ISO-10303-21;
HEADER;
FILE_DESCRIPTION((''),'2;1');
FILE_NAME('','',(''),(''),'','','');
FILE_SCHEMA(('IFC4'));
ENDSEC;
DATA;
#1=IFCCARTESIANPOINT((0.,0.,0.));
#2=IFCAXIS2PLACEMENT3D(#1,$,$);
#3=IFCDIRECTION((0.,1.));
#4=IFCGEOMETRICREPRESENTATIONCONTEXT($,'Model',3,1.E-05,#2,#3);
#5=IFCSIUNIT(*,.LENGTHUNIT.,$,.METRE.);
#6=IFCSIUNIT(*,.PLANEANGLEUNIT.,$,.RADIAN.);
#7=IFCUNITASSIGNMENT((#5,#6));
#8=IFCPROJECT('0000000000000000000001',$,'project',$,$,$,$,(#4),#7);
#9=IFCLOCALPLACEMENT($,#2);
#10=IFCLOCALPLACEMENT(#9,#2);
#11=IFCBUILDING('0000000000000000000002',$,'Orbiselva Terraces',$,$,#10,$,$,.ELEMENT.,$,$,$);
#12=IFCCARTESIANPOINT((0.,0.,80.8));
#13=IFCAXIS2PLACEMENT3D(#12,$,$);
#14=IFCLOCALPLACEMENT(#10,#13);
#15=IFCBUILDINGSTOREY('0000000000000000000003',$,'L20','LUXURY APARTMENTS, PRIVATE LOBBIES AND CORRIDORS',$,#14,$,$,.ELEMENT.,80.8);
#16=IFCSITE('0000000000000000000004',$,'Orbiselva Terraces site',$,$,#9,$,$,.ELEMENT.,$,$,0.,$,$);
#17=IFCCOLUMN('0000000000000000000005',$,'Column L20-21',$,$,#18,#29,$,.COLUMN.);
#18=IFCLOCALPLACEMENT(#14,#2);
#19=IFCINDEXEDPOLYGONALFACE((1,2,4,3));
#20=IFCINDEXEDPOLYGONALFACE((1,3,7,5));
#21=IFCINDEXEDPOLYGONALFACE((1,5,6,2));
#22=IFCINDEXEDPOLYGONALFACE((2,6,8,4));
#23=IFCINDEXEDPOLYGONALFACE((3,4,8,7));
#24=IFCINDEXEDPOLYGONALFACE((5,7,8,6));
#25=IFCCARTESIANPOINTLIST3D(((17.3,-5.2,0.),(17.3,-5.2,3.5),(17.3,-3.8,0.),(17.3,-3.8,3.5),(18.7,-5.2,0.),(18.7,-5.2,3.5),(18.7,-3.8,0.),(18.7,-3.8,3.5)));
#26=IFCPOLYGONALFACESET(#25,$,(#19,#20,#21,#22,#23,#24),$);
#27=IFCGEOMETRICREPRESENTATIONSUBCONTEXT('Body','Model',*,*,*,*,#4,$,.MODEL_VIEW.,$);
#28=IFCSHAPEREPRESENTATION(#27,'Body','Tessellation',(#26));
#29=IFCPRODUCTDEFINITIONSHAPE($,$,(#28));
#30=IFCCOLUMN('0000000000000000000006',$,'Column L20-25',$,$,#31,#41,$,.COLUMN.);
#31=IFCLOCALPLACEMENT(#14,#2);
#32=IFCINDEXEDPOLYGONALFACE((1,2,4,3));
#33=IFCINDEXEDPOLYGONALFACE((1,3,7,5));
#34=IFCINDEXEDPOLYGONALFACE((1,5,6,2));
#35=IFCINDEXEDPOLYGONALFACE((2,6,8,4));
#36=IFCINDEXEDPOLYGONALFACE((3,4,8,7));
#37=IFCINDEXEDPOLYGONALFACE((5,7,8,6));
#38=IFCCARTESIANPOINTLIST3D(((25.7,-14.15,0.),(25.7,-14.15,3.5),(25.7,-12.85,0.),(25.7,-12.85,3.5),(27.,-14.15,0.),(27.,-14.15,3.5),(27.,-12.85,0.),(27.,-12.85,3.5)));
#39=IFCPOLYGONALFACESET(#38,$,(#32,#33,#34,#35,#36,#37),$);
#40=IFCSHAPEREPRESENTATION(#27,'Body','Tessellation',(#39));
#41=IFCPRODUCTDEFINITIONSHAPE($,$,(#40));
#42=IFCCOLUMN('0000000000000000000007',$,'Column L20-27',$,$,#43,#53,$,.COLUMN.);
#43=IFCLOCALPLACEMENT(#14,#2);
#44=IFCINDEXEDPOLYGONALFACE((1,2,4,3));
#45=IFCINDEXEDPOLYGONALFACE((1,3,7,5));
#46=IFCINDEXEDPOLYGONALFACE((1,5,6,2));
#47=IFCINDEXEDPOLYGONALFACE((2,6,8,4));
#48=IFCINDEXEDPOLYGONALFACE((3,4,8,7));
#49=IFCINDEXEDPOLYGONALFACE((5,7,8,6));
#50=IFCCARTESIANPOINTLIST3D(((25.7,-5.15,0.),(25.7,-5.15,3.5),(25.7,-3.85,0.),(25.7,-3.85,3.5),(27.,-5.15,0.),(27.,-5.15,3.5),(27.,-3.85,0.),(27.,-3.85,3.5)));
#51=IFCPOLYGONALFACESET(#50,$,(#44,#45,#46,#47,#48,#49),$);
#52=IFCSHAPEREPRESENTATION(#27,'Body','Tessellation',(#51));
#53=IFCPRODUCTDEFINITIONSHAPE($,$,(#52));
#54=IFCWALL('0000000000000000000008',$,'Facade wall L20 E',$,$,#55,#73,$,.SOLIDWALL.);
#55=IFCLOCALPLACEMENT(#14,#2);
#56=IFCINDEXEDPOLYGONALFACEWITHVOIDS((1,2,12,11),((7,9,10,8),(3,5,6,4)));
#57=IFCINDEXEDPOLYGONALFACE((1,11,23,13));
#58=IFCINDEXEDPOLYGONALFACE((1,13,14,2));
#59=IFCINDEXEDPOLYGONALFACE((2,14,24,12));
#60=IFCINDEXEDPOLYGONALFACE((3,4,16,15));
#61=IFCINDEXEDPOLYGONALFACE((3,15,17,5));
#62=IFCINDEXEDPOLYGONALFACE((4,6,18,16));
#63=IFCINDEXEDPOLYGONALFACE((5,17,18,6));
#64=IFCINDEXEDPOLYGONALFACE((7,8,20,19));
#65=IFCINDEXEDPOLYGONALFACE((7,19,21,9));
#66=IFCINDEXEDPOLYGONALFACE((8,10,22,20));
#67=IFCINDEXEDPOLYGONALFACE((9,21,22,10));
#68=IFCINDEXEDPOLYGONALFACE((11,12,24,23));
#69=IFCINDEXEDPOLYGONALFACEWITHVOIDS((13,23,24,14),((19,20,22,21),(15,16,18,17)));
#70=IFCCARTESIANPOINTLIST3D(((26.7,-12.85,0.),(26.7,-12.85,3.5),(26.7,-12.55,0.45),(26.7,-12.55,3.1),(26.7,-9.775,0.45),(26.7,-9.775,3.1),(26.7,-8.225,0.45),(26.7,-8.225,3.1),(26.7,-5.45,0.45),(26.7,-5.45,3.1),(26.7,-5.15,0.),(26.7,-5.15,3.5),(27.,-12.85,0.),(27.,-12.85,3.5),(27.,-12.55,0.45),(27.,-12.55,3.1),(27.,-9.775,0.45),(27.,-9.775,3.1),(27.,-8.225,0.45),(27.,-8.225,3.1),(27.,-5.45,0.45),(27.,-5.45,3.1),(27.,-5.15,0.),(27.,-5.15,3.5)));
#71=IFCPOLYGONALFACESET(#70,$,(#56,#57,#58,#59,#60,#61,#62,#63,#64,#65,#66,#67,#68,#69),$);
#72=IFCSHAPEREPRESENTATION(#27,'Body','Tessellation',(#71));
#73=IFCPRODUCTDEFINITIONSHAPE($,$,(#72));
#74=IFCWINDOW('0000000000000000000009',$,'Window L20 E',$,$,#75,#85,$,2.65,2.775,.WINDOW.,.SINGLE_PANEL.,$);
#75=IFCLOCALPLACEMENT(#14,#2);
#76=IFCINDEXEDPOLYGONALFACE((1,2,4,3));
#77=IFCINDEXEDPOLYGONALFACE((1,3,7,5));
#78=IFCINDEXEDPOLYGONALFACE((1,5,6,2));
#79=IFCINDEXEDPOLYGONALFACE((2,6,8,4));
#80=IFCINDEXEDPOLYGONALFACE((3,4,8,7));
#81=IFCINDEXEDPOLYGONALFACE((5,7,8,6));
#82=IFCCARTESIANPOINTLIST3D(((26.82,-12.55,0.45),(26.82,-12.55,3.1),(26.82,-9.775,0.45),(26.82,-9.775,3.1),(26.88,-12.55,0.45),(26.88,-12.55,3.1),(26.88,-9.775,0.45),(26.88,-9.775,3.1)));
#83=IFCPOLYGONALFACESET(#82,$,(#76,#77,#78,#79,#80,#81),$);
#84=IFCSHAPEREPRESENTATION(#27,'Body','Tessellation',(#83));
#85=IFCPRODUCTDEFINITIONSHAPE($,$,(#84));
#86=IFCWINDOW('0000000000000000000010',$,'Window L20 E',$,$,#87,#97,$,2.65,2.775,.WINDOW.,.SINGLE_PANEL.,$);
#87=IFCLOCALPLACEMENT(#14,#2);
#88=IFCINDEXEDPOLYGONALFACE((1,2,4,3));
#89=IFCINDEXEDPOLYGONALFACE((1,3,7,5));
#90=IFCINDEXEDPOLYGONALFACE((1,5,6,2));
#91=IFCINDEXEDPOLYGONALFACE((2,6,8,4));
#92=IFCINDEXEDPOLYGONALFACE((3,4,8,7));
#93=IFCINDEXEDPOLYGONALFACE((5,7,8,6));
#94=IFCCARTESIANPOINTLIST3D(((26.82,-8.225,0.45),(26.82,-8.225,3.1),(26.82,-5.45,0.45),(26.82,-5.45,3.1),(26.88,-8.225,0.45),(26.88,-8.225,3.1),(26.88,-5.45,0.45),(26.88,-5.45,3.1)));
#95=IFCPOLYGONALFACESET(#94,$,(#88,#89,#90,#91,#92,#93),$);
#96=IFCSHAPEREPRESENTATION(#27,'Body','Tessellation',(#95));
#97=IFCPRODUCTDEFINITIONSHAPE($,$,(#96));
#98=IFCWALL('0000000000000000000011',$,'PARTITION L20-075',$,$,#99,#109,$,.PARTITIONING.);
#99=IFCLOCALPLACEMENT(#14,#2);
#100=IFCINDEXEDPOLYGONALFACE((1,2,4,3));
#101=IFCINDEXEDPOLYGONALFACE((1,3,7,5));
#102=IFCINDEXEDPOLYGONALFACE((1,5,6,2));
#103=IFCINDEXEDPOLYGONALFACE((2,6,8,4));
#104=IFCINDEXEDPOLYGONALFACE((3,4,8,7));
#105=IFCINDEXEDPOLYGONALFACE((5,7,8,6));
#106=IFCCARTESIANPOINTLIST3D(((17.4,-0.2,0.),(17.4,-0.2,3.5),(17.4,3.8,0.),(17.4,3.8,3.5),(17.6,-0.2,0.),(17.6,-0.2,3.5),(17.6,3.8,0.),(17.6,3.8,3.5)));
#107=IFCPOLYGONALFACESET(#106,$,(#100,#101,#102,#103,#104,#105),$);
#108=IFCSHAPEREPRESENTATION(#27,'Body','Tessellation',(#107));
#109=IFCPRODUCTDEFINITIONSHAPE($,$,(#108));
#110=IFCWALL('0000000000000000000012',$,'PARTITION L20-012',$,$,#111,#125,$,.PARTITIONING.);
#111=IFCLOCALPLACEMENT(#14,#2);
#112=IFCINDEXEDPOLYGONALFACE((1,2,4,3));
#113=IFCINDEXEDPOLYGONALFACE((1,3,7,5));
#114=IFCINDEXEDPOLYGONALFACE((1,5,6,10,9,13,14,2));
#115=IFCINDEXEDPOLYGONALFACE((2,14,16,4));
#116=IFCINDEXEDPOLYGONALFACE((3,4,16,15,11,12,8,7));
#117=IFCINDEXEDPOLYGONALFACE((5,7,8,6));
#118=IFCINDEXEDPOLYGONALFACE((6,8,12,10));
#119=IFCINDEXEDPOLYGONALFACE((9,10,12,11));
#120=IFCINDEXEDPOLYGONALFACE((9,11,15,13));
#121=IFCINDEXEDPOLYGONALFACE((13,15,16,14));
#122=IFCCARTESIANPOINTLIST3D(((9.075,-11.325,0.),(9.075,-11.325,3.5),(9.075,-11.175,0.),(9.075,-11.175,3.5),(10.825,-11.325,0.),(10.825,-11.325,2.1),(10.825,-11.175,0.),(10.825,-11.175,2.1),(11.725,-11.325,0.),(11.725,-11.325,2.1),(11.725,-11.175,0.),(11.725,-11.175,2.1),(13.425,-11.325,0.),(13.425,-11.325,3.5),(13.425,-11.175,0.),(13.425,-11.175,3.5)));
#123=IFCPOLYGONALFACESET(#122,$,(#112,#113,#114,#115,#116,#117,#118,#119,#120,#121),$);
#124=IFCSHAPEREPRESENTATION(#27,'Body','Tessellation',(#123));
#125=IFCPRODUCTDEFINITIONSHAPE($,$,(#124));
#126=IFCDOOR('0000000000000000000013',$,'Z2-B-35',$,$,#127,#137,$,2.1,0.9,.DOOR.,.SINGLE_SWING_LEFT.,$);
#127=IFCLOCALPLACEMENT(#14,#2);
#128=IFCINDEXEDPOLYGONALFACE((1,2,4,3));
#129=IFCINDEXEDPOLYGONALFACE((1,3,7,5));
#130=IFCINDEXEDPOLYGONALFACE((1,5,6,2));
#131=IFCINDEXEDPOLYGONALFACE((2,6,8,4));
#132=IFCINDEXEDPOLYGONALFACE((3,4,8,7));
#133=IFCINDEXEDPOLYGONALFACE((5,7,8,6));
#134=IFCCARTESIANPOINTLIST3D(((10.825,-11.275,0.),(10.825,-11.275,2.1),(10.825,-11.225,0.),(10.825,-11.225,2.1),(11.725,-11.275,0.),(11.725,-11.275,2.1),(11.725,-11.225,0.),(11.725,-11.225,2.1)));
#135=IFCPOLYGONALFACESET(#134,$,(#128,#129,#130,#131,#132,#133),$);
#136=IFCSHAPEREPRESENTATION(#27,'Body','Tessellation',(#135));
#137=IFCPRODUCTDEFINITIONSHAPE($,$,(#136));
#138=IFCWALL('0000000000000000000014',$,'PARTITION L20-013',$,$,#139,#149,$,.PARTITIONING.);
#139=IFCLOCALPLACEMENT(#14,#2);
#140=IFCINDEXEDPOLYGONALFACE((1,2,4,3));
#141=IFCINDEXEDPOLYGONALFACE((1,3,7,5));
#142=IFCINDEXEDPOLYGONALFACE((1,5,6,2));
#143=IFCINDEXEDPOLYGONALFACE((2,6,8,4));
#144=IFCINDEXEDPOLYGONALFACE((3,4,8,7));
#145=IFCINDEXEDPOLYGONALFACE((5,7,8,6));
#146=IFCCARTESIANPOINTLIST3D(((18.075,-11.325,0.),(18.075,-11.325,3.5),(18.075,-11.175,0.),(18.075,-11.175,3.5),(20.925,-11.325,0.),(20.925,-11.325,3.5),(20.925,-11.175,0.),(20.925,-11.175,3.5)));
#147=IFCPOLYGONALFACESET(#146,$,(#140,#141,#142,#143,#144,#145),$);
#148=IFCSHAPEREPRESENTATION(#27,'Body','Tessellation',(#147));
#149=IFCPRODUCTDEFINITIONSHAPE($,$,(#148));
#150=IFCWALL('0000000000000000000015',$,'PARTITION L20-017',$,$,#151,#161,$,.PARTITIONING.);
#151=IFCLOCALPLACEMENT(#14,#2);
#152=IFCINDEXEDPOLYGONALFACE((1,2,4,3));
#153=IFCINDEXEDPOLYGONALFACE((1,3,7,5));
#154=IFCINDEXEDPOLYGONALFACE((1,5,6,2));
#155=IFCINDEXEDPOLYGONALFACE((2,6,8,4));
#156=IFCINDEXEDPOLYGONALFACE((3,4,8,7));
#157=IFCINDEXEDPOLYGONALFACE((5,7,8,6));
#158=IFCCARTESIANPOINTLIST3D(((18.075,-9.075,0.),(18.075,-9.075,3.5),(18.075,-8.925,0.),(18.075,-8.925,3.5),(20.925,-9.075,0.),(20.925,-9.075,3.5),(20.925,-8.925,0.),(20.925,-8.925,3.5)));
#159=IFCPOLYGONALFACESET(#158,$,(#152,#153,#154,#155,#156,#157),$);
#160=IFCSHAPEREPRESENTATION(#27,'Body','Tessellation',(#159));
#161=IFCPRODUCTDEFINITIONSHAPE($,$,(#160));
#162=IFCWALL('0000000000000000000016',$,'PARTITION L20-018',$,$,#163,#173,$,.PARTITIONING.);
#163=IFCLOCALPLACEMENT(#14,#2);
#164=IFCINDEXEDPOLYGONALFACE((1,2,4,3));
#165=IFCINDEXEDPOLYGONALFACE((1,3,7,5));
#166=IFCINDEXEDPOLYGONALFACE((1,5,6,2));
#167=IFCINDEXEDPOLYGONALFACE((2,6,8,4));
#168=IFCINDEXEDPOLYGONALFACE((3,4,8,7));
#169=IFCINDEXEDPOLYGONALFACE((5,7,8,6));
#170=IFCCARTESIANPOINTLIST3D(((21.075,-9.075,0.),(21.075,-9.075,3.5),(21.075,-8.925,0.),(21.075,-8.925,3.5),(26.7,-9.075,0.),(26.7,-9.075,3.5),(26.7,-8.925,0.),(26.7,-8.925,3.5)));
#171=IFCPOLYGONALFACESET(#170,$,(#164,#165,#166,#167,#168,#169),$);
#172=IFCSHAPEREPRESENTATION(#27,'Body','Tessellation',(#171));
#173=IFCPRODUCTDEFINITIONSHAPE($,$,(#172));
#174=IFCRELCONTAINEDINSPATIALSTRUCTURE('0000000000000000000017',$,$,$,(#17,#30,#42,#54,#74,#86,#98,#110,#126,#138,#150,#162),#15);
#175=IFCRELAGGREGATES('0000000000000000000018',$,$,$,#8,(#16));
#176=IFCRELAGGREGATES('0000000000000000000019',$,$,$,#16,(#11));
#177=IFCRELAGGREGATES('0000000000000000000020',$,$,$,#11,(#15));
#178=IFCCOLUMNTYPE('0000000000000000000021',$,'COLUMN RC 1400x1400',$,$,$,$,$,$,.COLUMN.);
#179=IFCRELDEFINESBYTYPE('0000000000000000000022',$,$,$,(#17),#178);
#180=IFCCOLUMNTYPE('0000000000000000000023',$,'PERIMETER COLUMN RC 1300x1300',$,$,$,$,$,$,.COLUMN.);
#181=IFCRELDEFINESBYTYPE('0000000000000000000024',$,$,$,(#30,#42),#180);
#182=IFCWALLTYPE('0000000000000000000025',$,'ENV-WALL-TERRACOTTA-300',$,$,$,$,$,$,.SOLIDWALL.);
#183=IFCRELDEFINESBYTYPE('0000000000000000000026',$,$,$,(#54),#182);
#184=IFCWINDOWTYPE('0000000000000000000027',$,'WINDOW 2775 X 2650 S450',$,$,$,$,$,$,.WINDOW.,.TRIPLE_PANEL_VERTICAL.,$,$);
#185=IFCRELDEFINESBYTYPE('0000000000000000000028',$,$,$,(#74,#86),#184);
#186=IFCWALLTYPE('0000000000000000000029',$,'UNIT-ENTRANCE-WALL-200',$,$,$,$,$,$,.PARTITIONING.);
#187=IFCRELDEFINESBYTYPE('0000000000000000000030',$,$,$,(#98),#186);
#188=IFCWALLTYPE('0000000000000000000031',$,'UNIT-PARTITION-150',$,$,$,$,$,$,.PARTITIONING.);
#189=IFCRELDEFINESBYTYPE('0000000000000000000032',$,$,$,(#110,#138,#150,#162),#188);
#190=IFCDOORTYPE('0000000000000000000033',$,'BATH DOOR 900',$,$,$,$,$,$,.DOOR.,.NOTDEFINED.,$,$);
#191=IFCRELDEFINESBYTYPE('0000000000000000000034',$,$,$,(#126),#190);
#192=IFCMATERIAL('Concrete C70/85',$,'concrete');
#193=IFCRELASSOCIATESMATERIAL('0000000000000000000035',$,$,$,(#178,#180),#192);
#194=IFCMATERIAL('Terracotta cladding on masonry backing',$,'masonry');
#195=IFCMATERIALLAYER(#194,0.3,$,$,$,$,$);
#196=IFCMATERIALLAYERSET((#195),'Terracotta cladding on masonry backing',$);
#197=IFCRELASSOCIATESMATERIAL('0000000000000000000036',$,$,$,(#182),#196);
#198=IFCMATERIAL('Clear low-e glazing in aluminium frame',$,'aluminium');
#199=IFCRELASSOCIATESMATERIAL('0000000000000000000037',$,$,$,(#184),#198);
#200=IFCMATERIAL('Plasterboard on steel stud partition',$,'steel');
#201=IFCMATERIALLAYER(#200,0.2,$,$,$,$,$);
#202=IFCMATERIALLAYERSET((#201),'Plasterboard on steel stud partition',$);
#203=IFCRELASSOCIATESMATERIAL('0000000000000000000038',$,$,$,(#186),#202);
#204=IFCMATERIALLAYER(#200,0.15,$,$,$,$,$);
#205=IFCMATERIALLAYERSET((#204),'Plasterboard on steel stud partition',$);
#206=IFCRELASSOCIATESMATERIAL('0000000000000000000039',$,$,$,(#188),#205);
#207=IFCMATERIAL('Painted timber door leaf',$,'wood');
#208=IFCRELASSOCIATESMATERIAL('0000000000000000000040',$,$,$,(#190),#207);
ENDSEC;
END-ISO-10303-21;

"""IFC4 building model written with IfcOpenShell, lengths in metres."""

from ifc_helpers import new_model, si_unit, direction, frame, frame_2d, origin, origin_2d, place, context, subcontext, project, spatial, rectangle, extrude, material, layer, layer_set, material_profile, profile_set, type_object, element, fill, save


model = new_model("IFC4")

# Units and contexts
model_context = context("Model", 3, precision=1e-05, world=origin(), true_north=direction((0.0, 1.0)))
body_context = subcontext(model_context, "Body", "Model", "MODEL_VIEW")
ifc_project = project(units=[si_unit("LENGTHUNIT", "METRE"), si_unit("PLANEANGLEUNIT", "RADIAN")], contexts=[model_context])

# Site, building, storey
site_placement = place(None, origin())
site = spatial("IfcSite", under=ifc_project, at=site_placement, Name="Orbiselva Terraces site", CompositionType="ELEMENT", RefElevation=0.0)
building_placement = place(site_placement, origin())
building = spatial("IfcBuilding", under=site, at=building_placement, Name="Orbiselva Terraces", CompositionType="ELEMENT")
storey_placement = place(building_placement, frame((0.0, 0.0, 80.8)))
storey = spatial("IfcBuildingStorey", under=building, at=storey_placement, Name="L20", Description="LUXURY APARTMENTS, PRIVATE LOBBIES AND CORRIDORS", CompositionType="ELEMENT", Elevation=80.8)

# Columns
ifc_material_1 = material(Name="Concrete C70/85", Category="concrete")
ifc_material_profile_1 = material_profile(ifc_material_1, rectangle(XDim=1.4, YDim=1.4, at=origin_2d()), Name="RC 1400x1400")
ifc_profile_set_1 = profile_set([ifc_material_profile_1], Name="Concrete C70/85")
column_type_1 = type_object("IfcColumnType", Name="COLUMN RC 1400x1400", PredefinedType="COLUMN", material=ifc_profile_set_1)
column_placement = place(storey_placement, frame((18.0, -4.5, 0.0), z_axis=(0.0, 0.0, 1.0), x_axis=(1.0, 0.0, 0.0)))
element("IfcColumn", 1, at=column_placement, inside=storey, type_object=column_type_1, Name="Column L20-21", PredefinedType="COLUMN", context=body_context, shape_type="SweptSolid", body=[
    extrude(rectangle(XDim=1.4, YDim=1.4, at=origin_2d()), origin(), (0.0, 0.0, 1.0), 3.5),
])
ifc_material_profile_2 = material_profile(ifc_material_1, rectangle(XDim=1.3, YDim=1.3, at=origin_2d()), Name="RC 1300x1300")
ifc_profile_set_2 = profile_set([ifc_material_profile_2], Name="Concrete C70/85")
column_type_2 = type_object("IfcColumnType", Name="PERIMETER COLUMN RC 1300x1300", PredefinedType="COLUMN", material=ifc_profile_set_2)
for number, where, z_axis, x_axis, name in (
    (2, (26.35, -13.5, 0.0), (0.0, 0.0, 1.0), (1.0, 0.0, 0.0), "Column L20-25"),
    (3, (26.35, -4.5, 0.0), (0.0, 0.0, 1.0), (1.0, 0.0, 0.0), "Column L20-27"),
):
    element("IfcColumn", number, at=place(storey_placement, frame(where, z_axis=z_axis, x_axis=x_axis)), inside=storey, type_object=column_type_2, Name=name, PredefinedType="COLUMN", context=body_context, shape_type="SweptSolid", body=[
        extrude(rectangle(XDim=1.3, YDim=1.3, at=origin_2d()), origin(), (0.0, 0.0, 1.0), 3.5),
    ])

# Wall, openings, windows
ifc_material_2 = material(Name="Terracotta cladding on masonry backing", Category="masonry")
ifc_layer_1 = layer(ifc_material_2, 0.3)
ifc_layer_set_1 = layer_set([ifc_layer_1], Name="Terracotta cladding on masonry backing")
wall_type_1 = type_object("IfcWallType", Name="ENV-WALL-TERRACOTTA-300", PredefinedType="SOLIDWALL", material=ifc_layer_set_1)
wall_1_placement = place(storey_placement, frame((26.85, -5.15, 0.0), z_axis=(0.0, 0.0, 1.0), x_axis=(0.0, -1.0, 0.0)))
wall_1 = element("IfcWall", 4, at=wall_1_placement, inside=storey, type_object=wall_type_1, Name="Facade wall L20 E", PredefinedType="SOLIDWALL", context=body_context, shape_type="SweptSolid", body=[
    extrude(rectangle(XDim=7.7, YDim=0.3, at=frame_2d((3.85, 0.0))), origin(), (0.0, 0.0, 1.0), 3.5),
])
opening_1_placement = place(wall_1_placement, frame((4.625, 0.0, 0.45)))
opening_1 = element("IfcOpeningElement", 5, at=opening_1_placement, cuts=wall_1, PredefinedType="OPENING", context=body_context, shape_type="SweptSolid", body=[
    extrude(rectangle(XDim=2.775, YDim=2.65, at=frame_2d((1.3875, 1.325))), frame((0.0, 0.16, 0.0), z_axis=(0.0, -1.0, 0.0), x_axis=(1.0, 0.0, 0.0)), (0.0, 0.0, 1.0), 0.32),
])
opening_2_placement = place(wall_1_placement, frame((0.3, 0.0, 0.45)))
opening_2 = element("IfcOpeningElement", 6, at=opening_2_placement, cuts=wall_1, PredefinedType="OPENING", context=body_context, shape_type="SweptSolid", body=[
    extrude(rectangle(XDim=2.775, YDim=2.65, at=frame_2d((1.3875, 1.325))), frame((0.0, 0.16, 0.0), z_axis=(0.0, -1.0, 0.0), x_axis=(1.0, 0.0, 0.0)), (0.0, 0.0, 1.0), 0.32),
])
ifc_material_3 = material(Name="Clear low-e glazing in aluminium frame", Category="aluminium")
window_type = type_object("IfcWindowType", Name="WINDOW 2775 X 2650 S450", PartitioningType="TRIPLE_PANEL_VERTICAL", PredefinedType="WINDOW", material=ifc_material_3)
window_1_placement = place(opening_1_placement, origin())
window_1 = element("IfcWindow", 7, at=window_1_placement, inside=storey, type_object=window_type, Name="Window L20 E", OverallHeight=2.65, OverallWidth=2.775, PartitioningType="SINGLE_PANEL", PredefinedType="WINDOW", context=body_context, shape_type="SweptSolid", body=[
    extrude(rectangle(XDim=2.775, YDim=2.65, at=frame_2d((1.3875, 1.325))), frame((0.0, 0.03, 0.0), z_axis=(0.0, -1.0, 0.0), x_axis=(1.0, 0.0, 0.0)), (0.0, 0.0, 1.0), 0.06),
])
fill(opening_1, window_1)
window_2_placement = place(opening_2_placement, origin())
window_2 = element("IfcWindow", 8, at=window_2_placement, inside=storey, type_object=window_type, Name="Window L20 E", OverallHeight=2.65, OverallWidth=2.775, PartitioningType="SINGLE_PANEL", PredefinedType="WINDOW", context=body_context, shape_type="SweptSolid", body=[
    extrude(rectangle(XDim=2.775, YDim=2.65, at=frame_2d((1.3875, 1.325))), frame((0.0, 0.03, 0.0), z_axis=(0.0, -1.0, 0.0), x_axis=(1.0, 0.0, 0.0)), (0.0, 0.0, 1.0), 0.06),
])
fill(opening_2, window_2)

# Wall
ifc_material_4 = material(Name="Plasterboard on steel stud partition", Category="steel")
ifc_layer_2 = layer(ifc_material_4, 0.2)
ifc_layer_set_2 = layer_set([ifc_layer_2], Name="Plasterboard on steel stud partition")
wall_type_2 = type_object("IfcWallType", Name="UNIT-ENTRANCE-WALL-200", PredefinedType="PARTITIONING", material=ifc_layer_set_2)
wall_2_placement = place(storey_placement, frame((17.5, -0.2, 0.0), z_axis=(0.0, 0.0, 1.0), x_axis=(0.0, 1.0, 0.0)))
element("IfcWall", 9, at=wall_2_placement, inside=storey, type_object=wall_type_2, Name="PARTITION L20-075", PredefinedType="PARTITIONING", context=body_context, shape_type="SweptSolid", body=[
    extrude(rectangle(XDim=4.0, YDim=0.2, at=frame_2d((2.0, 0.0))), origin(), (0.0, 0.0, 1.0), 3.5),
])

# Wall, opening, door
ifc_layer_3 = layer(ifc_material_4, 0.15)
ifc_layer_set_3 = layer_set([ifc_layer_3], Name="Plasterboard on steel stud partition")
wall_type_3 = type_object("IfcWallType", Name="UNIT-PARTITION-150", PredefinedType="PARTITIONING", material=ifc_layer_set_3)
wall_3_placement = place(storey_placement, frame((13.425, -11.25, 0.0), z_axis=(0.0, 0.0, 1.0), x_axis=(-1.0, 0.0, 0.0)))
wall_3 = element("IfcWall", 10, at=wall_3_placement, inside=storey, type_object=wall_type_3, Name="PARTITION L20-012", PredefinedType="PARTITIONING", context=body_context, shape_type="SweptSolid", body=[
    extrude(rectangle(XDim=4.35, YDim=0.15, at=frame_2d((2.175, 0.0))), origin(), (0.0, 0.0, 1.0), 3.5),
])
opening_3_placement = place(wall_3_placement, frame((1.7, 0.0, 0.0)))
opening_3 = element("IfcOpeningElement", 11, at=opening_3_placement, cuts=wall_3, PredefinedType="OPENING", context=body_context, shape_type="SweptSolid", body=[
    extrude(rectangle(XDim=0.9, YDim=2.1, at=frame_2d((0.45, 1.05))), frame((0.0, 0.085, 0.0), z_axis=(0.0, -1.0, 0.0), x_axis=(1.0, 0.0, 0.0)), (0.0, 0.0, 1.0), 0.17),
])
ifc_material_5 = material(Name="Painted timber door leaf", Category="wood")
door_type_1 = type_object("IfcDoorType", Name="BATH DOOR 900", OperationType="NOTDEFINED", PredefinedType="DOOR", material=ifc_material_5)
door_1_placement = place(opening_3_placement, origin())
door_1 = element("IfcDoor", 12, at=door_1_placement, inside=storey, type_object=door_type_1, Name="Z2-B-35", OperationType="SINGLE_SWING_LEFT", OverallHeight=2.1, OverallWidth=0.9, PredefinedType="DOOR", context=body_context, shape_type="SweptSolid", body=[
    extrude(rectangle(XDim=0.9, YDim=2.1, at=frame_2d((0.45, 1.05))), frame((0.0, 0.025, 0.0), z_axis=(0.0, -1.0, 0.0), x_axis=(1.0, 0.0, 0.0)), (0.0, 0.0, 1.0), 0.05),
])
fill(opening_3, door_1)

# Walls
for number, where, z_axis, x_axis, name in (
    (13, (18.075, -11.25, 0.0), (0.0, 0.0, 1.0), (1.0, 0.0, 0.0), "PARTITION L20-013"),
    (14, (18.075, -9.0, 0.0), (0.0, 0.0, 1.0), (1.0, 0.0, 0.0), "PARTITION L20-017"),
):
    element("IfcWall", number, at=place(storey_placement, frame(where, z_axis=z_axis, x_axis=x_axis)), inside=storey, type_object=wall_type_3, Name=name, PredefinedType="PARTITIONING", context=body_context, shape_type="SweptSolid", body=[
        extrude(rectangle(XDim=2.85, YDim=0.15, at=frame_2d((1.425, 0.0))), origin(), (0.0, 0.0, 1.0), 3.5),
    ])
wall_4_placement = place(storey_placement, frame((21.075, -9.0, 0.0), z_axis=(0.0, 0.0, 1.0), x_axis=(1.0, 0.0, 0.0)))
element("IfcWall", 15, at=wall_4_placement, inside=storey, type_object=wall_type_3, Name="PARTITION L20-018", PredefinedType="PARTITIONING", context=body_context, shape_type="SweptSolid", body=[
    extrude(rectangle(XDim=5.625, YDim=0.15, at=frame_2d((2.8125, 0.0))), origin(), (0.0, 0.0, 1.0), 3.5),
])

save(model, "model.ifc")
